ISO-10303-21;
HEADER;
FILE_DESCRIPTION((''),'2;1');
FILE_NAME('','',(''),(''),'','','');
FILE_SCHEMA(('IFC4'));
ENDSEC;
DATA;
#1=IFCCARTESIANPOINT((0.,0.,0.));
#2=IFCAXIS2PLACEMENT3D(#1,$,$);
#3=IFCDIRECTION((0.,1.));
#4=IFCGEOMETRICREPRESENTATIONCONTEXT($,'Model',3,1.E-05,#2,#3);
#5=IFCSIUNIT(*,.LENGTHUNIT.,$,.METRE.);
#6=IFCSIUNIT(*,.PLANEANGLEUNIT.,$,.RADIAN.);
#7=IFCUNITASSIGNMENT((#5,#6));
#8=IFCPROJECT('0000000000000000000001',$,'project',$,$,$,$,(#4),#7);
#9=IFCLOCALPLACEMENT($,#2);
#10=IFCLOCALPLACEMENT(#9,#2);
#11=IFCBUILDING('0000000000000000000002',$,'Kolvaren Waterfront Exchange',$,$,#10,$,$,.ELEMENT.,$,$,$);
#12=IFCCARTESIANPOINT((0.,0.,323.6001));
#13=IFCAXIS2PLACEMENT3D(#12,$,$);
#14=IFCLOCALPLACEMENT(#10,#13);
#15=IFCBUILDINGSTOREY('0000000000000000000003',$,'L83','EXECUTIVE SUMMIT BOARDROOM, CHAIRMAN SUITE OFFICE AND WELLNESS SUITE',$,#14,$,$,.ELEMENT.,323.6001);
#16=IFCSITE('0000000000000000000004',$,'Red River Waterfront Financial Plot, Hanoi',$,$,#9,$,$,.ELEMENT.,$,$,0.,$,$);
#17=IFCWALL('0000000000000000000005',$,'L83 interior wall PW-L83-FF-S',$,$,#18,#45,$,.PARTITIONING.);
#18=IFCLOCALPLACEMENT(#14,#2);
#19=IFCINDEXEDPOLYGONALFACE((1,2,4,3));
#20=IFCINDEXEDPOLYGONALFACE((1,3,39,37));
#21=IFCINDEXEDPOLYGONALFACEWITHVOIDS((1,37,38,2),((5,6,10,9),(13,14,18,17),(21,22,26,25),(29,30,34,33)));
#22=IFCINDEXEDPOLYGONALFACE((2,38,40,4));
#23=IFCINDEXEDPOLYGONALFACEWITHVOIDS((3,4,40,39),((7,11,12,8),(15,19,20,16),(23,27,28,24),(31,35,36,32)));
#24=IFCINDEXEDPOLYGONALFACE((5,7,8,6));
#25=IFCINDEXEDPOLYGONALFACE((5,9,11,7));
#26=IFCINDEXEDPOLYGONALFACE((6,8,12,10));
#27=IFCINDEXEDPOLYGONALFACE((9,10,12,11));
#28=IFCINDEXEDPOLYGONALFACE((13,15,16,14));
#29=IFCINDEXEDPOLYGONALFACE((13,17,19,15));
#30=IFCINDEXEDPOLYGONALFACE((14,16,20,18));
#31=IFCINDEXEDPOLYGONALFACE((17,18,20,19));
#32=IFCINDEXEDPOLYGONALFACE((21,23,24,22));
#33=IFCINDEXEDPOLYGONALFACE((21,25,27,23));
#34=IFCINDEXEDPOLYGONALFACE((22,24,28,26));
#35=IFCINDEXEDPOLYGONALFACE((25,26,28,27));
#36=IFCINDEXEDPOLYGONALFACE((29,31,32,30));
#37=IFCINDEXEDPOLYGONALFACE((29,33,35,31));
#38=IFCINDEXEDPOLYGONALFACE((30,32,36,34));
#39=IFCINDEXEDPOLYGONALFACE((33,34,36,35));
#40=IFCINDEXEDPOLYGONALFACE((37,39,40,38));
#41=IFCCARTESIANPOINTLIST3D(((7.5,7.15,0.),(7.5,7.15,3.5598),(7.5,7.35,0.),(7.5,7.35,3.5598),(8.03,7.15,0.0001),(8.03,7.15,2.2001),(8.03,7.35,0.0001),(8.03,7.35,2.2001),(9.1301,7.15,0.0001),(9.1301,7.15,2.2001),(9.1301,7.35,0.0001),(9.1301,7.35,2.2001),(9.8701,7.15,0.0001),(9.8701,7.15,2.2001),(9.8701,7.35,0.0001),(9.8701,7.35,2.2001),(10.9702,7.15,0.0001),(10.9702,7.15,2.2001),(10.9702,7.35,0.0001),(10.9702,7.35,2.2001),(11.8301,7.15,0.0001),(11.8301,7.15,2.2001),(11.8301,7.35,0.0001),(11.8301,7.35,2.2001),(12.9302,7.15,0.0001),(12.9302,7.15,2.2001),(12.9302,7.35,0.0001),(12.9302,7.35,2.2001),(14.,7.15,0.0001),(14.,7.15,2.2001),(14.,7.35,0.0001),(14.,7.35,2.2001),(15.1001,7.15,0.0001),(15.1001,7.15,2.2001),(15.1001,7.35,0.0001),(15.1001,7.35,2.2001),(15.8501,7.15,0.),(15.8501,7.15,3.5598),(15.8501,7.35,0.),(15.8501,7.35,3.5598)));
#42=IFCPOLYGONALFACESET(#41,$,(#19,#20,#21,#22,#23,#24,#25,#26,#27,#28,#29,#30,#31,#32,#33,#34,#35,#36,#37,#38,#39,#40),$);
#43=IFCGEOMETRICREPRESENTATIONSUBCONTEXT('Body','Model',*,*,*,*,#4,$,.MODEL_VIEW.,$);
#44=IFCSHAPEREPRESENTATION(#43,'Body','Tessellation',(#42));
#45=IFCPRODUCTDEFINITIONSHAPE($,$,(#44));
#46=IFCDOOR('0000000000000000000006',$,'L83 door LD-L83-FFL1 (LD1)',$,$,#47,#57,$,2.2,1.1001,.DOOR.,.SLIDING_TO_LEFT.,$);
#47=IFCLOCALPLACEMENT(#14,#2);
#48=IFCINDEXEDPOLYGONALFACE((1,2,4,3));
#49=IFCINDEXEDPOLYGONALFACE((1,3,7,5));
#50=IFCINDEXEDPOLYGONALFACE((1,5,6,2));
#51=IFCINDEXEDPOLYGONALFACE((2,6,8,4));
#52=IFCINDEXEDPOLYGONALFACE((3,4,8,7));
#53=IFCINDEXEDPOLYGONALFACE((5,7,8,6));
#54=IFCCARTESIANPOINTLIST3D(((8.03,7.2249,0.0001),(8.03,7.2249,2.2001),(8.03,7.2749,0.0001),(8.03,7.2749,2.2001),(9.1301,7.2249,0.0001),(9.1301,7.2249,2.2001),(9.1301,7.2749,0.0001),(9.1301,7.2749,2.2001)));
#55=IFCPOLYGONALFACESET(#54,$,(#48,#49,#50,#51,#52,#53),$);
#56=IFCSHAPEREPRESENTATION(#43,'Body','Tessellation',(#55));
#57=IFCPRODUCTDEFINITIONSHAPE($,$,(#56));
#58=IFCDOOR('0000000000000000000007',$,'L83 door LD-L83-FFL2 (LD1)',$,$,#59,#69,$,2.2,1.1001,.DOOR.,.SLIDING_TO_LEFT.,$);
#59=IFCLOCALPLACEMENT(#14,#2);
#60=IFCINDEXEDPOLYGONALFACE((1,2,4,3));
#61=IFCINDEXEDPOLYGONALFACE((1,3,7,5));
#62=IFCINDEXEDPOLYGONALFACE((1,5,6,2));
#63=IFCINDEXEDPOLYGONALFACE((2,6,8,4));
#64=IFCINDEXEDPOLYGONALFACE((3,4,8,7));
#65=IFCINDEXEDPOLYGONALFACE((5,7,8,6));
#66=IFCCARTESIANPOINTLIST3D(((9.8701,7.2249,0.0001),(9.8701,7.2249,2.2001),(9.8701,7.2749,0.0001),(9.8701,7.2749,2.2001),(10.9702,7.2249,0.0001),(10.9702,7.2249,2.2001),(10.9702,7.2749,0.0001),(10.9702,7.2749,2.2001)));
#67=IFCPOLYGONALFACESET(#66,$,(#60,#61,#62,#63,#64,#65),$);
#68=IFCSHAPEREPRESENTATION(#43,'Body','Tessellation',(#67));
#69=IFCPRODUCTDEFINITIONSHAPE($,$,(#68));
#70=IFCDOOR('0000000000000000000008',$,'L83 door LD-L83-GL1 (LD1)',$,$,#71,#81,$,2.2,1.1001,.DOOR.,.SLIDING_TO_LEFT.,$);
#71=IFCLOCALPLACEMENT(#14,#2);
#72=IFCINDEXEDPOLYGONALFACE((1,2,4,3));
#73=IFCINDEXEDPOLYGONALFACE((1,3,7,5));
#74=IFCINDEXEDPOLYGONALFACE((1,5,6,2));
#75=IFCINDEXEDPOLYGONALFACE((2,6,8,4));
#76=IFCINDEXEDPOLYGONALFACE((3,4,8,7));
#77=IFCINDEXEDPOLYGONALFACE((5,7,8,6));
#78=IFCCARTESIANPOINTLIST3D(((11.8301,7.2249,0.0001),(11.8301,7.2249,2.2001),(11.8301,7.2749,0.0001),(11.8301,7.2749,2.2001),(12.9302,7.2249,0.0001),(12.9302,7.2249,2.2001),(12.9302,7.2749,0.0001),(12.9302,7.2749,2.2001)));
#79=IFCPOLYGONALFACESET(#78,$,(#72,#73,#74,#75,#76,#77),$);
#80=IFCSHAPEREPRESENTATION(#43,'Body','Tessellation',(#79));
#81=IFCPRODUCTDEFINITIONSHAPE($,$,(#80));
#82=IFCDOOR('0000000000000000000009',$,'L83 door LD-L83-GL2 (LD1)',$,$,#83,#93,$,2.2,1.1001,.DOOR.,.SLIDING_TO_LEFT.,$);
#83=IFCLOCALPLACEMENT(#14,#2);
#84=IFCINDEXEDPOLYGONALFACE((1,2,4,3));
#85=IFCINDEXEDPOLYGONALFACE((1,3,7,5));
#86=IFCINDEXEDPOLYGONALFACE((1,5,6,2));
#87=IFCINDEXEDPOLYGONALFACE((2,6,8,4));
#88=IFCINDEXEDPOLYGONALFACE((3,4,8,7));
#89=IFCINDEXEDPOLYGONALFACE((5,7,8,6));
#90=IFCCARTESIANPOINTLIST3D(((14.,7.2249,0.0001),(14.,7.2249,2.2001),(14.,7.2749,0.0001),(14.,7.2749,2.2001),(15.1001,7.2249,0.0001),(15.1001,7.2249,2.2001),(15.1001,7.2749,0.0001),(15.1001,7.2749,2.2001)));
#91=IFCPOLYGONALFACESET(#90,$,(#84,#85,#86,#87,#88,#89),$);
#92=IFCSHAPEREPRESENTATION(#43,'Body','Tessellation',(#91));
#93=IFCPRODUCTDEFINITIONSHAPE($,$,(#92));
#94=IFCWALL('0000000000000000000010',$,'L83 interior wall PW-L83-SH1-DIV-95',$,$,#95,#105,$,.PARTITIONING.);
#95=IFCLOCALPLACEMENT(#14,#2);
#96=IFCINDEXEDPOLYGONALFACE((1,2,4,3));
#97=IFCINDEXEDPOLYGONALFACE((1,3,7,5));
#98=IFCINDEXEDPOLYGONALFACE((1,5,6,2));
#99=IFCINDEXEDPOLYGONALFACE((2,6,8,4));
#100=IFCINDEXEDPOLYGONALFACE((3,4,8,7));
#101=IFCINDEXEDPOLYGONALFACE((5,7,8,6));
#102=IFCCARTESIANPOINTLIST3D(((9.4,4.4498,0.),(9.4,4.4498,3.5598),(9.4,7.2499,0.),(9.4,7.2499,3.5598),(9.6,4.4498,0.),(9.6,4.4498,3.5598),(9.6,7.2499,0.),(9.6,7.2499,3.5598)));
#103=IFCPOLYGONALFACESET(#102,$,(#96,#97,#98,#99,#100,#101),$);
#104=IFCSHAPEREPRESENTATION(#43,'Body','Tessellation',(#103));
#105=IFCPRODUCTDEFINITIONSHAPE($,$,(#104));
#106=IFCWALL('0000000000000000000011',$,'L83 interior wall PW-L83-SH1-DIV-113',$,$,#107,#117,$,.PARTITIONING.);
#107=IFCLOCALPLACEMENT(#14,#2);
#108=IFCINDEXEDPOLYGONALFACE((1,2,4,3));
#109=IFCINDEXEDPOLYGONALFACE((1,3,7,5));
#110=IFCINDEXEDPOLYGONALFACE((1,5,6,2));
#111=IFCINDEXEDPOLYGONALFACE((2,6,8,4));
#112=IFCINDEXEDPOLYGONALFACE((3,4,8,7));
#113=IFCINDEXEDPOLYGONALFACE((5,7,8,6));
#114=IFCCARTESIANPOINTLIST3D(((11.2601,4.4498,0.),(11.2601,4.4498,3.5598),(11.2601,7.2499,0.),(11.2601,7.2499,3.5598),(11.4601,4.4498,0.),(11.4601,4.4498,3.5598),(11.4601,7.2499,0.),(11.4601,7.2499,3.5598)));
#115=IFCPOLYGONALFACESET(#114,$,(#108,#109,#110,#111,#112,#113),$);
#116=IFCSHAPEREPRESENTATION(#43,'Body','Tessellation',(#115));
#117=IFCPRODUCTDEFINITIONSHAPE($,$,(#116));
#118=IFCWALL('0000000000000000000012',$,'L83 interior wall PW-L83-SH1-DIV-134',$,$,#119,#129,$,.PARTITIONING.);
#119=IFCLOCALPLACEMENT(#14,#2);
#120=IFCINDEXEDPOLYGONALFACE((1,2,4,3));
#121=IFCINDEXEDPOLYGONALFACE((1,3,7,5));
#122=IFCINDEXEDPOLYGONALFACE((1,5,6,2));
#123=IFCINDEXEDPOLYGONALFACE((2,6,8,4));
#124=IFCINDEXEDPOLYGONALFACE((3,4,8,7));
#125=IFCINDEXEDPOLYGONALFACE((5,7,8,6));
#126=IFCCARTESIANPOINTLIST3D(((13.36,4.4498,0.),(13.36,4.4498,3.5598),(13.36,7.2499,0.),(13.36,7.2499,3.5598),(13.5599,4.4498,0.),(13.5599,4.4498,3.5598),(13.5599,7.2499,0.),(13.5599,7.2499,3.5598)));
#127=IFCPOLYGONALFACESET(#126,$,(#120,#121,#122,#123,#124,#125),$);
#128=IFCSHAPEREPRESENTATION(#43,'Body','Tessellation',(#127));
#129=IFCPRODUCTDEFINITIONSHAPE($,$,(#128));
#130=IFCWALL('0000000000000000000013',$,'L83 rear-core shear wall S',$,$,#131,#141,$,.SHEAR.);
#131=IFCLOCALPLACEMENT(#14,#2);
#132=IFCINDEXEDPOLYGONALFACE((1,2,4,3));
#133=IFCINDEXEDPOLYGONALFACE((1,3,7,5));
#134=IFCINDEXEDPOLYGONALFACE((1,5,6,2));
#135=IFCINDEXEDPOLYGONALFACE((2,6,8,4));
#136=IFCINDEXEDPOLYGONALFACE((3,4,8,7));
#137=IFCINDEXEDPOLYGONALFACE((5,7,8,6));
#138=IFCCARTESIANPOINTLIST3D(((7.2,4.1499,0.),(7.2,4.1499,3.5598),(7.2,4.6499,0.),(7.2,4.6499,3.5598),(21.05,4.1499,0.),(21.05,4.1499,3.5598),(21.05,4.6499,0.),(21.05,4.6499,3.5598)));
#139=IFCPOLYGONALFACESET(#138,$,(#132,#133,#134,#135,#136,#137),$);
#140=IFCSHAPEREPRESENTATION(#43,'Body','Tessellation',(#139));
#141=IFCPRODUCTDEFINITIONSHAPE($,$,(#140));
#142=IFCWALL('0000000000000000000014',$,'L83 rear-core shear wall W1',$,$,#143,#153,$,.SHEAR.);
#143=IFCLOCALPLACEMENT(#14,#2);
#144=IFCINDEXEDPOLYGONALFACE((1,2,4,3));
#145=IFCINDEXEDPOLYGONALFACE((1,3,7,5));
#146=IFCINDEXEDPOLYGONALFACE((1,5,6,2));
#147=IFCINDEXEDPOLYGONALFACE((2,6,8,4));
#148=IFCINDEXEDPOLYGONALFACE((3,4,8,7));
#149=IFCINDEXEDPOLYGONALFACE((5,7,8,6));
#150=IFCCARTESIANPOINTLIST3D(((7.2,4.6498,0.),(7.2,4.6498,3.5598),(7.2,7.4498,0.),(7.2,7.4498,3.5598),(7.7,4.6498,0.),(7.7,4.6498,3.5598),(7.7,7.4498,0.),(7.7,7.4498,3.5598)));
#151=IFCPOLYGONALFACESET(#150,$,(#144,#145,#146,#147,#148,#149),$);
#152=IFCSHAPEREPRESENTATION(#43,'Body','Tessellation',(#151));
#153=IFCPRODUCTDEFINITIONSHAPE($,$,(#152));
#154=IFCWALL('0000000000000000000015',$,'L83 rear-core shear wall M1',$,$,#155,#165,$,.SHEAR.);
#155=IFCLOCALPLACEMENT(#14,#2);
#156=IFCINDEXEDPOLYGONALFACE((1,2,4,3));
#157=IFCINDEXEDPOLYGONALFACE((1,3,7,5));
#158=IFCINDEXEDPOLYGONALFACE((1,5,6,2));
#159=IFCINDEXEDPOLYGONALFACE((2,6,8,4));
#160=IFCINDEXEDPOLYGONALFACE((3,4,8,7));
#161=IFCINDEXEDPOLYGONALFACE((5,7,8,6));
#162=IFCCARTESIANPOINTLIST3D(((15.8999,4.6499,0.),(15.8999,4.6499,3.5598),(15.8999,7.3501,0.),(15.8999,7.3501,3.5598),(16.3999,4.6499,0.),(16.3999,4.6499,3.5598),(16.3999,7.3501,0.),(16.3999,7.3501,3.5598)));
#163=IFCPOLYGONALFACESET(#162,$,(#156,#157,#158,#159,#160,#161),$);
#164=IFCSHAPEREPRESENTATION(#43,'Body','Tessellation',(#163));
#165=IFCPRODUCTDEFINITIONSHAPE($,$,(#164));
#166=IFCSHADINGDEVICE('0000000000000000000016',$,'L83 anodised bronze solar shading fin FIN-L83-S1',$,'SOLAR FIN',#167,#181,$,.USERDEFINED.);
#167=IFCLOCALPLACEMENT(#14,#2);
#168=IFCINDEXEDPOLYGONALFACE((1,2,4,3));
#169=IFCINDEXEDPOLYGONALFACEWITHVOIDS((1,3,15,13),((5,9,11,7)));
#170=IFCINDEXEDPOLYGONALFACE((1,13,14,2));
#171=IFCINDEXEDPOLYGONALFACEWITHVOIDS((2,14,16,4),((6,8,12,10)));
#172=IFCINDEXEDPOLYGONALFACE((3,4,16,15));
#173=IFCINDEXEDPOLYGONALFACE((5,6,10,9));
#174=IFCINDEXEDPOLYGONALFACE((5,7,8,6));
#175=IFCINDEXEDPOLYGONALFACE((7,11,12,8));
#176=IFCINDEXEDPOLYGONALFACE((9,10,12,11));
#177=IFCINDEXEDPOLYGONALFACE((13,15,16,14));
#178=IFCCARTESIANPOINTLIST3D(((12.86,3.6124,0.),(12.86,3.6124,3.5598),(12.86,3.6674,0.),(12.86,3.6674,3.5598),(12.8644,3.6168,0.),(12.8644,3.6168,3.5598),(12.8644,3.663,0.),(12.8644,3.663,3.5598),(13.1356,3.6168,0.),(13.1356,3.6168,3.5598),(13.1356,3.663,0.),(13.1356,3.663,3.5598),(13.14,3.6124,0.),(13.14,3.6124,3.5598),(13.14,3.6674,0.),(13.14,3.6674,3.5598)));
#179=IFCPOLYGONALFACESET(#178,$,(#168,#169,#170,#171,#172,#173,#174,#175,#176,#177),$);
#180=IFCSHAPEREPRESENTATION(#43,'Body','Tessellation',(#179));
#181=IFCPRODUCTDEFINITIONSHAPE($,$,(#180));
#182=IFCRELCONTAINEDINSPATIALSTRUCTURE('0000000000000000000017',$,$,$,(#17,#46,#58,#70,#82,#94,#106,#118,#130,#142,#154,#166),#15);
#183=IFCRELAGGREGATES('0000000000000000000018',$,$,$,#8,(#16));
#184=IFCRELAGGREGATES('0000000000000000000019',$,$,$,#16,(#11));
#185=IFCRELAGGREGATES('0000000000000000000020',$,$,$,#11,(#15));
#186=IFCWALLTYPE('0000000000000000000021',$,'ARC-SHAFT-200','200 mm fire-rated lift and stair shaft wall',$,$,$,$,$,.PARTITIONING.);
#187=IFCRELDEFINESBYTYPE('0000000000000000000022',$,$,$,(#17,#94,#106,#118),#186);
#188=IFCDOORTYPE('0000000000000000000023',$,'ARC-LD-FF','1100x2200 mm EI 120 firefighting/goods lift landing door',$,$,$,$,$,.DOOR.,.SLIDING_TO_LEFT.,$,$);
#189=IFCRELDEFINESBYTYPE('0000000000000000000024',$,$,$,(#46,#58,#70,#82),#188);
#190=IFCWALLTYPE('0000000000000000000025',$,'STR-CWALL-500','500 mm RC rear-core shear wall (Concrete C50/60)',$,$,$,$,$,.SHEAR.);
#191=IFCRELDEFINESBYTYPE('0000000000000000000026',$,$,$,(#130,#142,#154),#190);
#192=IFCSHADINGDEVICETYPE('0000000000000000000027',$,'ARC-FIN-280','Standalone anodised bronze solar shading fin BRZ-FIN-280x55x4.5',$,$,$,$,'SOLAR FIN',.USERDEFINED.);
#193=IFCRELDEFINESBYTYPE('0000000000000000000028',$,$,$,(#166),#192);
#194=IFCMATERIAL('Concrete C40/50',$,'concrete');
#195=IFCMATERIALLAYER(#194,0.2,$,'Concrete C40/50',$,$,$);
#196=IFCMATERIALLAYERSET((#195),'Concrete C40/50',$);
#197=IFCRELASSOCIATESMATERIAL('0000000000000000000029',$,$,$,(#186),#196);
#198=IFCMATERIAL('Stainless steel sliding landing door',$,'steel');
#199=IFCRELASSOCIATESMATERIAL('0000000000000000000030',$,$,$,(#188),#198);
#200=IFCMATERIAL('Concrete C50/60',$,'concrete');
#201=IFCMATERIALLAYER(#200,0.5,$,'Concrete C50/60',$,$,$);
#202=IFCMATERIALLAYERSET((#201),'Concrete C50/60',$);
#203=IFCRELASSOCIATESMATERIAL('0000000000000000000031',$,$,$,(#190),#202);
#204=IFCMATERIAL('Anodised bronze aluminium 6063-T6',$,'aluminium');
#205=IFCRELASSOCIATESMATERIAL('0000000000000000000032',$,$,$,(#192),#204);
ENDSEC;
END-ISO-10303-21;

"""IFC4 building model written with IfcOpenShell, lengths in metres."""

from ifc_helpers import new_model, si_unit, direction, frame, frame_2d, origin, origin_2d, place, context, subcontext, project, spatial, rectangle, hollow_rectangle, extrude, material, layer, layer_set, material_profile, profile_set, type_object, element, fill, save


model = new_model("IFC4")

# Units and contexts
model_context = context("Model", 3, precision=1e-05, world=origin(), true_north=direction((0.0, 1.0)))
body_context = subcontext(model_context, "Body", "Model", "MODEL_VIEW")
ifc_project = project(units=[si_unit("LENGTHUNIT", "METRE"), si_unit("PLANEANGLEUNIT", "RADIAN")], contexts=[model_context])

# Site, building, storey
site_placement = place(None, origin())
site = spatial("IfcSite", under=ifc_project, at=site_placement, Name="Red River Waterfront Financial Plot, Hanoi", CompositionType="ELEMENT", RefElevation=0.0)
building_placement = place(site_placement, origin())
building = spatial("IfcBuilding", under=site, at=building_placement, Name="Kolvaren Waterfront Exchange", CompositionType="ELEMENT")
storey_placement = place(building_placement, frame((0.0, 0.0, 323.6001)))
storey = spatial("IfcBuildingStorey", under=building, at=storey_placement, Name="L83", Description="EXECUTIVE SUMMIT BOARDROOM, CHAIRMAN SUITE OFFICE AND WELLNESS SUITE", CompositionType="ELEMENT", Elevation=323.6001)

# Shared definitions
ifc_material_1 = material(Name="Concrete C50/60", Category="concrete")

# Shared definitions
ifc_material_2 = material(Name="Anodised bronze aluminium 6063-T6", Category="aluminium")

# Wall, openings, doors
ifc_material_3 = material(Name="Concrete C40/50", Category="concrete")
ifc_layer_1 = layer(ifc_material_3, 0.2, Name="Concrete C40/50")
ifc_layer_set_1 = layer_set([ifc_layer_1], Name="Concrete C40/50")
wall_type_1 = type_object("IfcWallType", Name="ARC-SHAFT-200", Description="200 mm fire-rated lift and stair shaft wall", PredefinedType="PARTITIONING", material=ifc_layer_set_1)
wall_1_placement = place(storey_placement, frame((7.5, 7.25, 0.0), z_axis=(0.0, 0.0, 1.0), x_axis=(1.0, 0.0, 0.0)))
wall_1 = element("IfcWall", 1, at=wall_1_placement, inside=storey, type_object=wall_type_1, Name="L83 interior wall PW-L83-FF-S", PredefinedType="PARTITIONING", context=body_context, shape_type="SweptSolid", body=[
    extrude(rectangle(XDim=8.3501, YDim=0.2, at=frame_2d((4.175, 0.0))), origin(), (0.0, 0.0, 1.0), 3.5598),
])
opening_1_placement = place(wall_1_placement, frame((0.53, 0.0, 0.0)))
opening_1 = element("IfcOpeningElement", 2, at=opening_1_placement, cuts=wall_1, PredefinedType="OPENING", context=body_context, shape_type="SweptSolid", body=[
    extrude(rectangle(XDim=1.1001, YDim=2.2, at=frame_2d((0.55, 1.1001))), frame((0.0, 0.1099, 0.0), z_axis=(0.0, -1.0, 0.0), x_axis=(1.0, 0.0, 0.0)), (0.0, 0.0, 1.0), 0.22),
])
opening_2_placement = place(wall_1_placement, frame((2.3701, 0.0, 0.0)))
opening_2 = element("IfcOpeningElement", 3, at=opening_2_placement, cuts=wall_1, PredefinedType="OPENING", context=body_context, shape_type="SweptSolid", body=[
    extrude(rectangle(XDim=1.1001, YDim=2.2, at=frame_2d((0.55, 1.1001))), frame((0.0, 0.1099, 0.0), z_axis=(0.0, -1.0, 0.0), x_axis=(1.0, 0.0, 0.0)), (0.0, 0.0, 1.0), 0.22),
])
opening_3_placement = place(wall_1_placement, frame((4.3301, 0.0, 0.0)))
opening_3 = element("IfcOpeningElement", 4, at=opening_3_placement, cuts=wall_1, PredefinedType="OPENING", context=body_context, shape_type="SweptSolid", body=[
    extrude(rectangle(XDim=1.1001, YDim=2.2, at=frame_2d((0.55, 1.1001))), frame((0.0, 0.1099, 0.0), z_axis=(0.0, -1.0, 0.0), x_axis=(1.0, 0.0, 0.0)), (0.0, 0.0, 1.0), 0.22),
])
opening_4_placement = place(wall_1_placement, frame((6.5, 0.0, 0.0)))
opening_4 = element("IfcOpeningElement", 5, at=opening_4_placement, cuts=wall_1, PredefinedType="OPENING", context=body_context, shape_type="SweptSolid", body=[
    extrude(rectangle(XDim=1.1001, YDim=2.2, at=frame_2d((0.55, 1.1001))), frame((0.0, 0.1099, 0.0), z_axis=(0.0, -1.0, 0.0), x_axis=(1.0, 0.0, 0.0)), (0.0, 0.0, 1.0), 0.22),
])
ifc_material_4 = material(Name="Stainless steel sliding landing door", Category="steel")
door_type = type_object("IfcDoorType", Name="ARC-LD-FF", Description="1100x2200 mm EI 120 firefighting/goods lift landing door", OperationType="SLIDING_TO_LEFT", PredefinedType="DOOR", material=ifc_material_4)
door_1_placement = place(opening_1_placement, origin())
door_1 = element("IfcDoor", 6, at=door_1_placement, inside=storey, type_object=door_type, Name="L83 door LD-L83-FFL1 (LD1)", OperationType="SLIDING_TO_LEFT", OverallHeight=2.2, OverallWidth=1.1001, PredefinedType="DOOR", context=body_context, shape_type="SweptSolid", body=[
    extrude(rectangle(XDim=1.1001, YDim=2.2, at=frame_2d((0.55, 1.1001))), frame((0.0, 0.0249, 0.0), z_axis=(0.0, -1.0, 0.0), x_axis=(1.0, 0.0, 0.0)), (0.0, 0.0, 1.0), 0.05),
])
fill(opening_1, door_1)
door_2_placement = place(opening_2_placement, origin())
door_2 = element("IfcDoor", 7, at=door_2_placement, inside=storey, type_object=door_type, Name="L83 door LD-L83-FFL2 (LD1)", OperationType="SLIDING_TO_LEFT", OverallHeight=2.2, OverallWidth=1.1001, PredefinedType="DOOR", context=body_context, shape_type="SweptSolid", body=[
    extrude(rectangle(XDim=1.1001, YDim=2.2, at=frame_2d((0.55, 1.1001))), frame((0.0, 0.0249, 0.0), z_axis=(0.0, -1.0, 0.0), x_axis=(1.0, 0.0, 0.0)), (0.0, 0.0, 1.0), 0.05),
])
fill(opening_2, door_2)
door_3_placement = place(opening_3_placement, origin())
door_3 = element("IfcDoor", 8, at=door_3_placement, inside=storey, type_object=door_type, Name="L83 door LD-L83-GL1 (LD1)", OperationType="SLIDING_TO_LEFT", OverallHeight=2.2, OverallWidth=1.1001, PredefinedType="DOOR", context=body_context, shape_type="SweptSolid", body=[
    extrude(rectangle(XDim=1.1001, YDim=2.2, at=frame_2d((0.55, 1.1001))), frame((0.0, 0.0249, 0.0), z_axis=(0.0, -1.0, 0.0), x_axis=(1.0, 0.0, 0.0)), (0.0, 0.0, 1.0), 0.05),
])
fill(opening_3, door_3)
door_4_placement = place(opening_4_placement, origin())
door_4 = element("IfcDoor", 9, at=door_4_placement, inside=storey, type_object=door_type, Name="L83 door LD-L83-GL2 (LD1)", OperationType="SLIDING_TO_LEFT", OverallHeight=2.2, OverallWidth=1.1001, PredefinedType="DOOR", context=body_context, shape_type="SweptSolid", body=[
    extrude(rectangle(XDim=1.1001, YDim=2.2, at=frame_2d((0.55, 1.1001))), frame((0.0, 0.0249, 0.0), z_axis=(0.0, -1.0, 0.0), x_axis=(1.0, 0.0, 0.0)), (0.0, 0.0, 1.0), 0.05),
])
fill(opening_4, door_4)

# Walls
for number, where, z_axis, x_axis, name in (
    (10, (9.5, 4.45, 0.0), (0.0, 0.0, 1.0), (0.0, 1.0, 0.0), "L83 interior wall PW-L83-SH1-DIV-95"),
    (11, (11.3601, 4.45, 0.0), (0.0, 0.0, 1.0), (0.0, 1.0, 0.0), "L83 interior wall PW-L83-SH1-DIV-113"),
    (12, (13.46, 4.45, 0.0), (0.0, 0.0, 1.0), (0.0, 1.0, 0.0), "L83 interior wall PW-L83-SH1-DIV-134"),
):
    element("IfcWall", number, at=place(storey_placement, frame(where, z_axis=z_axis, x_axis=x_axis)), inside=storey, type_object=wall_type_1, Name=name, PredefinedType="PARTITIONING", context=body_context, shape_type="SweptSolid", body=[
        extrude(rectangle(XDim=2.8, YDim=0.2, at=frame_2d((1.3999, 0.0))), origin(), (0.0, 0.0, 1.0), 3.5598),
    ])
ifc_layer_2 = layer(ifc_material_1, 0.5, Name="Concrete C50/60")
ifc_layer_set_2 = layer_set([ifc_layer_2], Name="Concrete C50/60")
wall_type_2 = type_object("IfcWallType", Name="STR-CWALL-500", Description="500 mm RC rear-core shear wall (Concrete C50/60)", PredefinedType="SHEAR", material=ifc_layer_set_2)
wall_2_placement = place(storey_placement, frame((7.2, 4.3999, 0.0), z_axis=(0.0, 0.0, 1.0), x_axis=(1.0, 0.0, 0.0)))
element("IfcWall", 13, at=wall_2_placement, inside=storey, type_object=wall_type_2, Name="L83 rear-core shear wall S", PredefinedType="SHEAR", context=body_context, shape_type="SweptSolid", body=[
    extrude(rectangle(XDim=13.8501, YDim=0.5, at=frame_2d((6.925, 0.0))), origin(), (0.0, 0.0, 1.0), 3.5598),
])
wall_3_placement = place(storey_placement, frame((7.45, 4.6499, 0.0), z_axis=(0.0, 0.0, 1.0), x_axis=(0.0, 1.0, 0.0)))
element("IfcWall", 14, at=wall_3_placement, inside=storey, type_object=wall_type_2, Name="L83 rear-core shear wall W1", PredefinedType="SHEAR", context=body_context, shape_type="SweptSolid", body=[
    extrude(rectangle(XDim=2.8, YDim=0.5, at=frame_2d((1.3999, 0.0))), origin(), (0.0, 0.0, 1.0), 3.5598),
])
wall_4_placement = place(storey_placement, frame((16.1499, 4.6499, 0.0), z_axis=(0.0, 0.0, 1.0), x_axis=(0.0, 1.0, 0.0)))
element("IfcWall", 15, at=wall_4_placement, inside=storey, type_object=wall_type_2, Name="L83 rear-core shear wall M1", PredefinedType="SHEAR", context=body_context, shape_type="SweptSolid", body=[
    extrude(rectangle(XDim=2.7002, YDim=0.5, at=frame_2d((1.3501, 0.0))), origin(), (0.0, 0.0, 1.0), 3.5598),
])

# Shading device
ifc_material_profile_1 = material_profile(ifc_material_2, hollow_rectangle(XDim=0.0549, YDim=0.28, WallThickness=0.0044, at=origin_2d()), Name="BRZ-FIN-280x55x4.5")
ifc_profile_set_1 = profile_set([ifc_material_profile_1], Name="Anodised bronze aluminium 6063-T6")
shading_device_type = type_object("IfcShadingDeviceType", Name="ARC-FIN-280", Description="Standalone anodised bronze solar shading fin BRZ-FIN-280x55x4.5", ElementType="SOLAR FIN", PredefinedType="USERDEFINED", material=ifc_profile_set_1)
shading_device_placement = place(storey_placement, frame((13.0, 3.6399, 0.0), z_axis=(0.0, 0.0, 1.0), x_axis=(0.0, -1.0, 0.0)))
element("IfcShadingDevice", 16, at=shading_device_placement, inside=storey, type_object=shading_device_type, Name="L83 anodised bronze solar shading fin FIN-L83-S1", ObjectType="SOLAR FIN", PredefinedType="USERDEFINED", context=body_context, shape_type="SweptSolid", body=[
    extrude(hollow_rectangle(XDim=0.0549, YDim=0.28, WallThickness=0.0044, at=origin_2d()), origin(), (0.0, 0.0, 1.0), 3.5598),
])

save(model, "model.ifc")
